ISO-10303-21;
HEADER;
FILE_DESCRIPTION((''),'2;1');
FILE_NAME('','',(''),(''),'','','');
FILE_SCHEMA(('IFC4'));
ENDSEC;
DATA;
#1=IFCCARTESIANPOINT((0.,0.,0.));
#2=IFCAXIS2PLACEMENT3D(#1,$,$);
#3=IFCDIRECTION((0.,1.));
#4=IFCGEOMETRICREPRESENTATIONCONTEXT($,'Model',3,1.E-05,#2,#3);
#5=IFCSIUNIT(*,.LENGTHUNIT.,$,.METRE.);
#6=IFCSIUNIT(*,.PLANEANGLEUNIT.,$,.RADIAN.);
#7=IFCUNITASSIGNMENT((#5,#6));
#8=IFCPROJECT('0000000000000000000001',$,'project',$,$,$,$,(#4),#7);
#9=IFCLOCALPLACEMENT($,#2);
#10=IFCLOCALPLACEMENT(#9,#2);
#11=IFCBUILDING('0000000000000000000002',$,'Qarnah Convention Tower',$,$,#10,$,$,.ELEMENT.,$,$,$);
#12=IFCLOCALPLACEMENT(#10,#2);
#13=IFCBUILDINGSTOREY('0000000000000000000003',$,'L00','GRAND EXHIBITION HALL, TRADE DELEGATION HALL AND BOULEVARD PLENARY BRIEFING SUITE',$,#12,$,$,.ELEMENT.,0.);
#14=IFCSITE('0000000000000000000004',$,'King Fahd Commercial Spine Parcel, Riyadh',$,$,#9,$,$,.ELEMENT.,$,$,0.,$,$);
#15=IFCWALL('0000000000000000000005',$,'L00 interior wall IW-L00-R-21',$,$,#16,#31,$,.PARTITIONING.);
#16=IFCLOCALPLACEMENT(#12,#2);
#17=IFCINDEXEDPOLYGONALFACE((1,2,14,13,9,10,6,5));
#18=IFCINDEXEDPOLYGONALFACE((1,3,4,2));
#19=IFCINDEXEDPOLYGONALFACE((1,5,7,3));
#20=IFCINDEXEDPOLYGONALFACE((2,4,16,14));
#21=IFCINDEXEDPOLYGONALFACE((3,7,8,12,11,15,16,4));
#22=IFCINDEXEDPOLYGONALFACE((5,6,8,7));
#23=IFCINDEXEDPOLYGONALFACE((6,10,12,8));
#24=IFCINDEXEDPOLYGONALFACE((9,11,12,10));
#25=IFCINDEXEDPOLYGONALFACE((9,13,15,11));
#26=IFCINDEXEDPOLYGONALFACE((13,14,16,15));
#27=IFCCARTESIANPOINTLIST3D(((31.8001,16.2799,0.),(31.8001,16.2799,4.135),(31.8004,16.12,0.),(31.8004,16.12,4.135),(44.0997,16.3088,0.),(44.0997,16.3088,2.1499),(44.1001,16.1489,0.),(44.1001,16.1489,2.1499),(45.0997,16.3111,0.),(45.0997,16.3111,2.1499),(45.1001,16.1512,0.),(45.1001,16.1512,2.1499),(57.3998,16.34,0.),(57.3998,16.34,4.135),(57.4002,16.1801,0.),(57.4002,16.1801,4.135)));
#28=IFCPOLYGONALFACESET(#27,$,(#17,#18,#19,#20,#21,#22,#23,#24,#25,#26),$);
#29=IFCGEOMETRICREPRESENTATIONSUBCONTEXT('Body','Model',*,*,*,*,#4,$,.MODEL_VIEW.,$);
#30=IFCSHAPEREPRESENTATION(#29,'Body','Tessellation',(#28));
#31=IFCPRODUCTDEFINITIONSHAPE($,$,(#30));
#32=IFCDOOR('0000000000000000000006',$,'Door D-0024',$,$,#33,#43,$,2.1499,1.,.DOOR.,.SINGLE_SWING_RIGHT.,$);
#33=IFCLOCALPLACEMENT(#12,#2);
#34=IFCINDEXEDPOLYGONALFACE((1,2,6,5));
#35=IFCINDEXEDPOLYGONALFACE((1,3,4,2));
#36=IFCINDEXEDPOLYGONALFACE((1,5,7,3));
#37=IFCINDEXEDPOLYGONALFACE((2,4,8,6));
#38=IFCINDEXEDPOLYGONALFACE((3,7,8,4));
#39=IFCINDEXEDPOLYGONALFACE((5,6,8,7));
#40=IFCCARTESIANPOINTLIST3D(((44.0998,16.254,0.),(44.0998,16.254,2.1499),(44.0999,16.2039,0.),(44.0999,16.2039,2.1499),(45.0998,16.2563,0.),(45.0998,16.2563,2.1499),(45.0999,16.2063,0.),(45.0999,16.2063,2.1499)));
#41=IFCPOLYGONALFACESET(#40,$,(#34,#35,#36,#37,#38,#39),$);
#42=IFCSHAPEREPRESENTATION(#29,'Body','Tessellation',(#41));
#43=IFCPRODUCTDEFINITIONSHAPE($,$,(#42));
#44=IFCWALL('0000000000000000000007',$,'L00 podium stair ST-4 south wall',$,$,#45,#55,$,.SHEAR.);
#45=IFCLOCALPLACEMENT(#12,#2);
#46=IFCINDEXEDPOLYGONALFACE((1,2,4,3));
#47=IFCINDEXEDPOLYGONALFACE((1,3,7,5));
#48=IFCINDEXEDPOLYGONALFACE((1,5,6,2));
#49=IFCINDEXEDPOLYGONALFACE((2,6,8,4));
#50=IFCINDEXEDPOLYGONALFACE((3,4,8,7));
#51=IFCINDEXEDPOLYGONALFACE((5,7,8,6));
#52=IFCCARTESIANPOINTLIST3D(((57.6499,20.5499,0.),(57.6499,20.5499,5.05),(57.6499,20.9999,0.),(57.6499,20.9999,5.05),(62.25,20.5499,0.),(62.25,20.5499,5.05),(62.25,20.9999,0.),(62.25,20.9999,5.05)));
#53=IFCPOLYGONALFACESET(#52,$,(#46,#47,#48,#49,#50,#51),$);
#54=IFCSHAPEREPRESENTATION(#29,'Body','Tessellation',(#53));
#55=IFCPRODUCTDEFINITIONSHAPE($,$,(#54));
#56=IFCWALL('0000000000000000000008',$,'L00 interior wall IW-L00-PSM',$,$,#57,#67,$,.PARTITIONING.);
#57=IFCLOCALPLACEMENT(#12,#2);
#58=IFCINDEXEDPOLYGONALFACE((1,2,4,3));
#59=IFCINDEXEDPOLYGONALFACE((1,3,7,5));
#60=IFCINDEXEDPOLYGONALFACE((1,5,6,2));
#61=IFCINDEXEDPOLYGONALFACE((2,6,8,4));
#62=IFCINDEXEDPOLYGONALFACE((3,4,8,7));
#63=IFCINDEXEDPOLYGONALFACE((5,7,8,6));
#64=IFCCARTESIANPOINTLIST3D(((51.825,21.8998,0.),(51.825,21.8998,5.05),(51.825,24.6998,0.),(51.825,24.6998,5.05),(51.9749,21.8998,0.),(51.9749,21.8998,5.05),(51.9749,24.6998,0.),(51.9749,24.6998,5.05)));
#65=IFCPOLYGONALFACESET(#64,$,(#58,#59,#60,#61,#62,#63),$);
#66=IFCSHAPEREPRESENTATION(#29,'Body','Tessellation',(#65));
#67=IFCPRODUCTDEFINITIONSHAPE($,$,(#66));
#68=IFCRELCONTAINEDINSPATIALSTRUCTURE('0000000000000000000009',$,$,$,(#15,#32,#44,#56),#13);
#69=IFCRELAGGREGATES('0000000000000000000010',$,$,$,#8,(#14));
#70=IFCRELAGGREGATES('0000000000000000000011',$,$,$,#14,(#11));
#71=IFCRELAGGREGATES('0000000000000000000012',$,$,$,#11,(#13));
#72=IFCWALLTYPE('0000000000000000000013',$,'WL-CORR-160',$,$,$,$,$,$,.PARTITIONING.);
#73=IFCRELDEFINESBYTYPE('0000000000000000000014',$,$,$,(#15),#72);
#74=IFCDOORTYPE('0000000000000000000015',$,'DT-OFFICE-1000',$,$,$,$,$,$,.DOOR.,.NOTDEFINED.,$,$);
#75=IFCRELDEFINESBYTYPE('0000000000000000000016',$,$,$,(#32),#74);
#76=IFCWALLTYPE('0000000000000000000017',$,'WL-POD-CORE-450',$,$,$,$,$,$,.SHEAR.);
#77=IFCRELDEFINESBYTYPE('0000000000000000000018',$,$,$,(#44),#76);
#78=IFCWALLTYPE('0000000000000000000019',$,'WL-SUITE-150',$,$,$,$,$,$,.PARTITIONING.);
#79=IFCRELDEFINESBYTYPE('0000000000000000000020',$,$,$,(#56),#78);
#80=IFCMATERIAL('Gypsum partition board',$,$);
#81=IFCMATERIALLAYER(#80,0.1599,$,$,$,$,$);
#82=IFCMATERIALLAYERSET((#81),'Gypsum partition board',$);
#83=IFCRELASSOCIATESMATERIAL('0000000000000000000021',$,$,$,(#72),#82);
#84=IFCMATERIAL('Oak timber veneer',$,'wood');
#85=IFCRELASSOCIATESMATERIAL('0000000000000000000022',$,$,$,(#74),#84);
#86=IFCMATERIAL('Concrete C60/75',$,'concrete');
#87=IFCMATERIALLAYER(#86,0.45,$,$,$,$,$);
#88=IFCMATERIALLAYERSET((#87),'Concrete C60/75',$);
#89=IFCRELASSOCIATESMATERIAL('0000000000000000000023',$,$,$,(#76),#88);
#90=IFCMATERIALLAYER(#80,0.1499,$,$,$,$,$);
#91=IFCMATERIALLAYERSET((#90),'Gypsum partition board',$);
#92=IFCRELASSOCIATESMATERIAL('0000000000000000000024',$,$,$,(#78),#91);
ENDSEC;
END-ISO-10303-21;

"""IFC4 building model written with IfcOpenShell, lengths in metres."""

from ifc_helpers import new_model, si_unit, direction, frame, frame_2d, origin, place, context, subcontext, project, spatial, rectangle, extrude, material, layer, layer_set, type_object, element, fill, save


model = new_model("IFC4")

# Units and contexts
model_context = context("Model", 3, precision=1e-05, world=origin(), true_north=direction((0.0, 1.0)))
body_context = subcontext(model_context, "Body", "Model", "MODEL_VIEW")
ifc_project = project(units=[si_unit("LENGTHUNIT", "METRE"), si_unit("PLANEANGLEUNIT", "RADIAN")], contexts=[model_context])

# Site, building, storey
site_placement = place(None, origin())
site = spatial("IfcSite", under=ifc_project, at=site_placement, Name="King Fahd Commercial Spine Parcel, Riyadh", CompositionType="ELEMENT", RefElevation=0.0)
building_placement = place(site_placement, origin())
building = spatial("IfcBuilding", under=site, at=building_placement, Name="Qarnah Convention Tower", CompositionType="ELEMENT")
storey_placement = place(building_placement, origin())
storey = spatial("IfcBuildingStorey", under=building, at=storey_placement, Name="L00", Description="GRAND EXHIBITION HALL, TRADE DELEGATION HALL AND BOULEVARD PLENARY BRIEFING SUITE", CompositionType="ELEMENT", Elevation=0.0)

# Shared definitions
ifc_material_1 = material(Name="Concrete C60/75", Category="concrete")

# Shared definitions
ifc_material_2 = material(Name="Gypsum partition board")
ifc_layer_1 = layer(ifc_material_2, 0.1599)
ifc_layer_set_1 = layer_set([ifc_layer_1], Name="Gypsum partition board")
wall_type_1 = type_object("IfcWallType", Name="WL-CORR-160", PredefinedType="PARTITIONING", material=ifc_layer_set_1)

# Wall, opening, door
ifc_material_3 = material(Name="Oak timber veneer", Category="wood")
door_type_1 = type_object("IfcDoorType", Name="DT-OFFICE-1000", OperationType="NOTDEFINED", PredefinedType="DOOR", material=ifc_material_3)
wall_1_placement = place(storey_placement, frame((57.3999, 16.26, 0.0), z_axis=(0.0, 0.0, 1.0), x_axis=(-0.999997, -0.002346, 0.0)))
wall_1 = element("IfcWall", 1, at=wall_1_placement, inside=storey, type_object=wall_type_1, Name="L00 interior wall IW-L00-R-21", PredefinedType="PARTITIONING", context=body_context, shape_type="SweptSolid", body=[
    extrude(rectangle(XDim=25.5999, YDim=0.1599, at=frame_2d((12.7998, 0.0))), origin(), (0.0, 0.0, 1.0), 4.135),
])
opening_1_placement = place(wall_1_placement, frame((12.3, 0.0, 0.0)))
opening_1 = element("IfcOpeningElement", 2, at=opening_1_placement, cuts=wall_1, PredefinedType="OPENING", context=body_context, shape_type="SweptSolid", body=[
    extrude(rectangle(XDim=1.0, YDim=2.1499, at=frame_2d((0.5, 1.075))), frame((0.0, 0.0898, 0.0), z_axis=(0.0, -1.0, 0.0), x_axis=(1.0, 0.0, 0.0)), (0.0, 0.0, 1.0), 0.1799),
])
door_1_placement = place(opening_1_placement, origin())
door_1 = element("IfcDoor", 3, at=door_1_placement, inside=storey, type_object=door_type_1, Name="Door D-0024", OperationType="SINGLE_SWING_RIGHT", OverallHeight=2.1499, OverallWidth=1.0, PredefinedType="DOOR", context=body_context, shape_type="SweptSolid", body=[
    extrude(rectangle(XDim=1.0, YDim=2.1499, at=frame_2d((0.5, 1.075))), frame((0.0, 0.0249, 0.0), z_axis=(0.0, -1.0, 0.0), x_axis=(1.0, 0.0, 0.0)), (0.0, 0.0, 1.0), 0.05),
])
fill(opening_1, door_1)

# Wall
ifc_layer_2 = layer(ifc_material_1, 0.45)
ifc_layer_set_2 = layer_set([ifc_layer_2], Name="Concrete C60/75")
wall_type_2 = type_object("IfcWallType", Name="WL-POD-CORE-450", PredefinedType="SHEAR", material=ifc_layer_set_2)
wall_2_placement = place(storey_placement, frame((57.6499, 20.7749, 0.0), z_axis=(0.0, 0.0, 1.0), x_axis=(1.0, 0.0, 0.0)))
element("IfcWall", 4, at=wall_2_placement, inside=storey, type_object=wall_type_2, Name="L00 podium stair ST-4 south wall", PredefinedType="SHEAR", context=body_context, shape_type="SweptSolid", body=[
    extrude(rectangle(XDim=4.6001, YDim=0.45, at=frame_2d((2.3, 0.0))), origin(), (0.0, 0.0, 1.0), 5.05),
])

# Wall
ifc_layer_3 = layer(ifc_material_2, 0.1499)
ifc_layer_set_3 = layer_set([ifc_layer_3], Name="Gypsum partition board")
wall_type_3 = type_object("IfcWallType", Name="WL-SUITE-150", PredefinedType="PARTITIONING", material=ifc_layer_set_3)
wall_3_placement = place(storey_placement, frame((51.8999, 21.8999, 0.0), z_axis=(0.0, 0.0, 1.0), x_axis=(0.0, 1.0, 0.0)))
element("IfcWall", 5, at=wall_3_placement, inside=storey, type_object=wall_type_3, Name="L00 interior wall IW-L00-PSM", PredefinedType="PARTITIONING", context=body_context, shape_type="SweptSolid", body=[
    extrude(rectangle(XDim=2.8, YDim=0.1499, at=frame_2d((1.3999, 0.0))), origin(), (0.0, 0.0, 1.0), 5.05),
])

save(model, "model.ifc")
